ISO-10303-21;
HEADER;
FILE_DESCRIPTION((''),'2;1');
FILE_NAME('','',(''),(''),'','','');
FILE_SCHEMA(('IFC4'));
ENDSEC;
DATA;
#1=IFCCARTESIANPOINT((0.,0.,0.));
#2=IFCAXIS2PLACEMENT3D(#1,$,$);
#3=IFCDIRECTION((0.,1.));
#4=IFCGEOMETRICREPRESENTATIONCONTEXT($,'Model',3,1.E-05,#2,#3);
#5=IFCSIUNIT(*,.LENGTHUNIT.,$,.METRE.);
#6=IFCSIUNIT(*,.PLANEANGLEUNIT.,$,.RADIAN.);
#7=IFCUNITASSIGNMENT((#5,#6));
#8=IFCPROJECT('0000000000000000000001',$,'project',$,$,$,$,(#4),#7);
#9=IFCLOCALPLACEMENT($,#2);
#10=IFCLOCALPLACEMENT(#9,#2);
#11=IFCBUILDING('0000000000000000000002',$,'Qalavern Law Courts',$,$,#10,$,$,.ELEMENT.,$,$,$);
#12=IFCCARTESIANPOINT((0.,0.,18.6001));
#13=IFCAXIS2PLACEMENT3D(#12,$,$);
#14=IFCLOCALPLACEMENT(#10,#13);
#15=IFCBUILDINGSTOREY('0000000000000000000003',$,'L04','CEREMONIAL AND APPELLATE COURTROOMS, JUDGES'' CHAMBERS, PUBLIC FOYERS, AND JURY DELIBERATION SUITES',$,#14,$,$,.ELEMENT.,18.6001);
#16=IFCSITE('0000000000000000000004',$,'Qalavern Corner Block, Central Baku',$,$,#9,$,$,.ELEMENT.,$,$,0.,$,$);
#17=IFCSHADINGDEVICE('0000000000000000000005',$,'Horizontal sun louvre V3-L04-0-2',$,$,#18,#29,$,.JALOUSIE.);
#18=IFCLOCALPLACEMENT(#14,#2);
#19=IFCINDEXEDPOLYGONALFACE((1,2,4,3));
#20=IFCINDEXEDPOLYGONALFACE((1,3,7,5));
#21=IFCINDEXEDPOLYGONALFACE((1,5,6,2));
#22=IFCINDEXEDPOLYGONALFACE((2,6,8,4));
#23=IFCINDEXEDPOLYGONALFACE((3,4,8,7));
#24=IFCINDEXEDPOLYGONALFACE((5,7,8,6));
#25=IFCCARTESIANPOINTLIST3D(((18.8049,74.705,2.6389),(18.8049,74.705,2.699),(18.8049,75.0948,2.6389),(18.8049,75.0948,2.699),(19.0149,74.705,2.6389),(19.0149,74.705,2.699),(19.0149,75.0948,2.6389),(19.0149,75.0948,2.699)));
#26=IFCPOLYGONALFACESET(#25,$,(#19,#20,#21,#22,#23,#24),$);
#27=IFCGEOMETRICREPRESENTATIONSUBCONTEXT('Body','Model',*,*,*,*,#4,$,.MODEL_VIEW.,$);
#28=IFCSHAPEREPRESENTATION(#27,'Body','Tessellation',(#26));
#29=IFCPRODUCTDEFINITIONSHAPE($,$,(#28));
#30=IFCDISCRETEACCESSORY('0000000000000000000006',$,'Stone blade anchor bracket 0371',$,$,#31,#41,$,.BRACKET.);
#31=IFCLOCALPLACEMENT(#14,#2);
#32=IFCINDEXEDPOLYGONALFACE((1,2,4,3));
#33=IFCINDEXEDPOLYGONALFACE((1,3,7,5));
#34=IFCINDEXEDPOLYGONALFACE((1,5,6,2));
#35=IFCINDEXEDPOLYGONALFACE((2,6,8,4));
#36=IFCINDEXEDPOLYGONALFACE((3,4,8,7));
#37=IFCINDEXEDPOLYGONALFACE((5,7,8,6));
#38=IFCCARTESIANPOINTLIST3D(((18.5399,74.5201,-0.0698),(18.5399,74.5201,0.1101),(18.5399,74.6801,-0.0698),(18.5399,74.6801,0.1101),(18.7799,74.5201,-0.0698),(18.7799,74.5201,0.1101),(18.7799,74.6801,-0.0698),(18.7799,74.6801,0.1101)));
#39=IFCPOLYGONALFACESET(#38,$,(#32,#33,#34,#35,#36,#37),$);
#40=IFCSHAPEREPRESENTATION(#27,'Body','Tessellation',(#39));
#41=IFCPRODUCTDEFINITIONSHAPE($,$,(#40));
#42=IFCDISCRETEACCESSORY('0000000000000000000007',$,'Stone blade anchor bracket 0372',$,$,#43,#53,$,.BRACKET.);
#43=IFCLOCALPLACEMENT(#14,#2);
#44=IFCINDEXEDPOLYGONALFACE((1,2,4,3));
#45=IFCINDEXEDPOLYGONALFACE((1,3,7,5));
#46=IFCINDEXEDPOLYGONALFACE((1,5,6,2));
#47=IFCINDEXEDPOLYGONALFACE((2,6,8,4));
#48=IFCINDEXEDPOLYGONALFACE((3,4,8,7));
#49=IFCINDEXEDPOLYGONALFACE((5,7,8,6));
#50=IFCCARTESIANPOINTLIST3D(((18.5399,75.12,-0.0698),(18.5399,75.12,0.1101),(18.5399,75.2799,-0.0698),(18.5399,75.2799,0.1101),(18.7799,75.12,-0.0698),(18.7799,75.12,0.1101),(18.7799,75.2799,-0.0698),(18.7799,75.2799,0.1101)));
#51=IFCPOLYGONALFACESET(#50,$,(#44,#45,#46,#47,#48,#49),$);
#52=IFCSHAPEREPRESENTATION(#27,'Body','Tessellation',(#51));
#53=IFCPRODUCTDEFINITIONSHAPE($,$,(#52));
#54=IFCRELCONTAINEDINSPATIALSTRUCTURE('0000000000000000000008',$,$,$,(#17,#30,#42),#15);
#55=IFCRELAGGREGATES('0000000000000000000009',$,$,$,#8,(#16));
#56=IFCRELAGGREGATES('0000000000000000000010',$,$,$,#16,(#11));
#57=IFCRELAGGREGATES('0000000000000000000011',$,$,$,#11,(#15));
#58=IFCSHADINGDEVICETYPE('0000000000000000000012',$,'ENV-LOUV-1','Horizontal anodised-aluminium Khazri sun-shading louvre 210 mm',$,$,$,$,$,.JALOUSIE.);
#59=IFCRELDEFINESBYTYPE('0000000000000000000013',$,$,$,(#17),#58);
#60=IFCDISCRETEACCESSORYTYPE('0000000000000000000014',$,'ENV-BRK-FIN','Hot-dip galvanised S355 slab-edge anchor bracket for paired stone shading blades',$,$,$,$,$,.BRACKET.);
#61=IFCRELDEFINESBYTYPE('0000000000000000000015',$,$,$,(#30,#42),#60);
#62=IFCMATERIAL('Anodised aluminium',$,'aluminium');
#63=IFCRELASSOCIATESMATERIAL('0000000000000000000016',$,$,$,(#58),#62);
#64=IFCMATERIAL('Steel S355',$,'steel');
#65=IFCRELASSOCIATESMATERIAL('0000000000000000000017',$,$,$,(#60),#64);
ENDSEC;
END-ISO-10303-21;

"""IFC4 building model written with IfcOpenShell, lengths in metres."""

from ifc_helpers import new_model, si_unit, direction, frame, origin, origin_2d, place, context, subcontext, project, spatial, rectangle, extrude, material, type_object, element, save


model = new_model("IFC4")

# Units and contexts
model_context = context("Model", 3, precision=1e-05, world=origin(), true_north=direction((0.0, 1.0)))
body_context = subcontext(model_context, "Body", "Model", "MODEL_VIEW")
ifc_project = project(units=[si_unit("LENGTHUNIT", "METRE"), si_unit("PLANEANGLEUNIT", "RADIAN")], contexts=[model_context])

# Site, building, storey
site_placement = place(None, origin())
site = spatial("IfcSite", under=ifc_project, at=site_placement, Name="Qalavern Corner Block, Central Baku", CompositionType="ELEMENT", RefElevation=0.0)
building_placement = place(site_placement, origin())
building = spatial("IfcBuilding", under=site, at=building_placement, Name="Qalavern Law Courts", CompositionType="ELEMENT")
storey_placement = place(building_placement, frame((0.0, 0.0, 18.6001)))
storey = spatial("IfcBuildingStorey", under=building, at=storey_placement, Name="L04", Description="CEREMONIAL AND APPELLATE COURTROOMS, JUDGES' CHAMBERS, PUBLIC FOYERS, AND JURY DELIBERATION SUITES", CompositionType="ELEMENT", Elevation=18.6001)

# Shared definitions
ifc_material_1 = material(Name="Anodised aluminium", Category="aluminium")

# Shared definitions
ifc_material_2 = material(Name="Steel S355", Category="steel")

# Shading device
shading_device_type = type_object("IfcShadingDeviceType", Name="ENV-LOUV-1", Description="Horizontal anodised-aluminium Khazri sun-shading louvre 210 mm", PredefinedType="JALOUSIE", material=ifc_material_1)
for number, where, z_axis, x_axis, name in (
    (1, (18.9099, 74.8999, 2.6389), (0.0, 0.0, 1.0), (0.0, 1.0, 0.0), "Horizontal sun louvre V3-L04-0-2"),
):
    element("IfcShadingDevice", number, at=place(storey_placement, frame(where, z_axis=z_axis, x_axis=x_axis)), inside=storey, type_object=shading_device_type, Name=name, PredefinedType="JALOUSIE", context=body_context, shape_type="SweptSolid", body=[
        extrude(rectangle(XDim=0.3899, YDim=0.21, at=origin_2d()), origin(), (0.0, 0.0, 1.0), 0.0601),
    ])

# Discrete accessories
discrete_accessory_type = type_object("IfcDiscreteAccessoryType", Name="ENV-BRK-FIN", Description="Hot-dip galvanised S355 slab-edge anchor bracket for paired stone shading blades", PredefinedType="BRACKET", material=ifc_material_2)
for number, where, z_axis, x_axis, name in (
    (2, (18.6599, 74.6001, -0.0698), (0.0, 0.0, 1.0), (1.0, 0.0, 0.0), "Stone blade anchor bracket 0371"),
    (3, (18.6599, 75.2, -0.0698), (0.0, 0.0, 1.0), (1.0, 0.0, 0.0), "Stone blade anchor bracket 0372"),
):
    element("IfcDiscreteAccessory", number, at=place(storey_placement, frame(where, z_axis=z_axis, x_axis=x_axis)), inside=storey, type_object=discrete_accessory_type, Name=name, PredefinedType="BRACKET", context=body_context, shape_type="SweptSolid", body=[
        extrude(rectangle(XDim=0.24, YDim=0.1599, at=origin_2d()), origin(), (0.0, 0.0, 1.0), 0.1799),
    ])

save(model, "model.ifc")
